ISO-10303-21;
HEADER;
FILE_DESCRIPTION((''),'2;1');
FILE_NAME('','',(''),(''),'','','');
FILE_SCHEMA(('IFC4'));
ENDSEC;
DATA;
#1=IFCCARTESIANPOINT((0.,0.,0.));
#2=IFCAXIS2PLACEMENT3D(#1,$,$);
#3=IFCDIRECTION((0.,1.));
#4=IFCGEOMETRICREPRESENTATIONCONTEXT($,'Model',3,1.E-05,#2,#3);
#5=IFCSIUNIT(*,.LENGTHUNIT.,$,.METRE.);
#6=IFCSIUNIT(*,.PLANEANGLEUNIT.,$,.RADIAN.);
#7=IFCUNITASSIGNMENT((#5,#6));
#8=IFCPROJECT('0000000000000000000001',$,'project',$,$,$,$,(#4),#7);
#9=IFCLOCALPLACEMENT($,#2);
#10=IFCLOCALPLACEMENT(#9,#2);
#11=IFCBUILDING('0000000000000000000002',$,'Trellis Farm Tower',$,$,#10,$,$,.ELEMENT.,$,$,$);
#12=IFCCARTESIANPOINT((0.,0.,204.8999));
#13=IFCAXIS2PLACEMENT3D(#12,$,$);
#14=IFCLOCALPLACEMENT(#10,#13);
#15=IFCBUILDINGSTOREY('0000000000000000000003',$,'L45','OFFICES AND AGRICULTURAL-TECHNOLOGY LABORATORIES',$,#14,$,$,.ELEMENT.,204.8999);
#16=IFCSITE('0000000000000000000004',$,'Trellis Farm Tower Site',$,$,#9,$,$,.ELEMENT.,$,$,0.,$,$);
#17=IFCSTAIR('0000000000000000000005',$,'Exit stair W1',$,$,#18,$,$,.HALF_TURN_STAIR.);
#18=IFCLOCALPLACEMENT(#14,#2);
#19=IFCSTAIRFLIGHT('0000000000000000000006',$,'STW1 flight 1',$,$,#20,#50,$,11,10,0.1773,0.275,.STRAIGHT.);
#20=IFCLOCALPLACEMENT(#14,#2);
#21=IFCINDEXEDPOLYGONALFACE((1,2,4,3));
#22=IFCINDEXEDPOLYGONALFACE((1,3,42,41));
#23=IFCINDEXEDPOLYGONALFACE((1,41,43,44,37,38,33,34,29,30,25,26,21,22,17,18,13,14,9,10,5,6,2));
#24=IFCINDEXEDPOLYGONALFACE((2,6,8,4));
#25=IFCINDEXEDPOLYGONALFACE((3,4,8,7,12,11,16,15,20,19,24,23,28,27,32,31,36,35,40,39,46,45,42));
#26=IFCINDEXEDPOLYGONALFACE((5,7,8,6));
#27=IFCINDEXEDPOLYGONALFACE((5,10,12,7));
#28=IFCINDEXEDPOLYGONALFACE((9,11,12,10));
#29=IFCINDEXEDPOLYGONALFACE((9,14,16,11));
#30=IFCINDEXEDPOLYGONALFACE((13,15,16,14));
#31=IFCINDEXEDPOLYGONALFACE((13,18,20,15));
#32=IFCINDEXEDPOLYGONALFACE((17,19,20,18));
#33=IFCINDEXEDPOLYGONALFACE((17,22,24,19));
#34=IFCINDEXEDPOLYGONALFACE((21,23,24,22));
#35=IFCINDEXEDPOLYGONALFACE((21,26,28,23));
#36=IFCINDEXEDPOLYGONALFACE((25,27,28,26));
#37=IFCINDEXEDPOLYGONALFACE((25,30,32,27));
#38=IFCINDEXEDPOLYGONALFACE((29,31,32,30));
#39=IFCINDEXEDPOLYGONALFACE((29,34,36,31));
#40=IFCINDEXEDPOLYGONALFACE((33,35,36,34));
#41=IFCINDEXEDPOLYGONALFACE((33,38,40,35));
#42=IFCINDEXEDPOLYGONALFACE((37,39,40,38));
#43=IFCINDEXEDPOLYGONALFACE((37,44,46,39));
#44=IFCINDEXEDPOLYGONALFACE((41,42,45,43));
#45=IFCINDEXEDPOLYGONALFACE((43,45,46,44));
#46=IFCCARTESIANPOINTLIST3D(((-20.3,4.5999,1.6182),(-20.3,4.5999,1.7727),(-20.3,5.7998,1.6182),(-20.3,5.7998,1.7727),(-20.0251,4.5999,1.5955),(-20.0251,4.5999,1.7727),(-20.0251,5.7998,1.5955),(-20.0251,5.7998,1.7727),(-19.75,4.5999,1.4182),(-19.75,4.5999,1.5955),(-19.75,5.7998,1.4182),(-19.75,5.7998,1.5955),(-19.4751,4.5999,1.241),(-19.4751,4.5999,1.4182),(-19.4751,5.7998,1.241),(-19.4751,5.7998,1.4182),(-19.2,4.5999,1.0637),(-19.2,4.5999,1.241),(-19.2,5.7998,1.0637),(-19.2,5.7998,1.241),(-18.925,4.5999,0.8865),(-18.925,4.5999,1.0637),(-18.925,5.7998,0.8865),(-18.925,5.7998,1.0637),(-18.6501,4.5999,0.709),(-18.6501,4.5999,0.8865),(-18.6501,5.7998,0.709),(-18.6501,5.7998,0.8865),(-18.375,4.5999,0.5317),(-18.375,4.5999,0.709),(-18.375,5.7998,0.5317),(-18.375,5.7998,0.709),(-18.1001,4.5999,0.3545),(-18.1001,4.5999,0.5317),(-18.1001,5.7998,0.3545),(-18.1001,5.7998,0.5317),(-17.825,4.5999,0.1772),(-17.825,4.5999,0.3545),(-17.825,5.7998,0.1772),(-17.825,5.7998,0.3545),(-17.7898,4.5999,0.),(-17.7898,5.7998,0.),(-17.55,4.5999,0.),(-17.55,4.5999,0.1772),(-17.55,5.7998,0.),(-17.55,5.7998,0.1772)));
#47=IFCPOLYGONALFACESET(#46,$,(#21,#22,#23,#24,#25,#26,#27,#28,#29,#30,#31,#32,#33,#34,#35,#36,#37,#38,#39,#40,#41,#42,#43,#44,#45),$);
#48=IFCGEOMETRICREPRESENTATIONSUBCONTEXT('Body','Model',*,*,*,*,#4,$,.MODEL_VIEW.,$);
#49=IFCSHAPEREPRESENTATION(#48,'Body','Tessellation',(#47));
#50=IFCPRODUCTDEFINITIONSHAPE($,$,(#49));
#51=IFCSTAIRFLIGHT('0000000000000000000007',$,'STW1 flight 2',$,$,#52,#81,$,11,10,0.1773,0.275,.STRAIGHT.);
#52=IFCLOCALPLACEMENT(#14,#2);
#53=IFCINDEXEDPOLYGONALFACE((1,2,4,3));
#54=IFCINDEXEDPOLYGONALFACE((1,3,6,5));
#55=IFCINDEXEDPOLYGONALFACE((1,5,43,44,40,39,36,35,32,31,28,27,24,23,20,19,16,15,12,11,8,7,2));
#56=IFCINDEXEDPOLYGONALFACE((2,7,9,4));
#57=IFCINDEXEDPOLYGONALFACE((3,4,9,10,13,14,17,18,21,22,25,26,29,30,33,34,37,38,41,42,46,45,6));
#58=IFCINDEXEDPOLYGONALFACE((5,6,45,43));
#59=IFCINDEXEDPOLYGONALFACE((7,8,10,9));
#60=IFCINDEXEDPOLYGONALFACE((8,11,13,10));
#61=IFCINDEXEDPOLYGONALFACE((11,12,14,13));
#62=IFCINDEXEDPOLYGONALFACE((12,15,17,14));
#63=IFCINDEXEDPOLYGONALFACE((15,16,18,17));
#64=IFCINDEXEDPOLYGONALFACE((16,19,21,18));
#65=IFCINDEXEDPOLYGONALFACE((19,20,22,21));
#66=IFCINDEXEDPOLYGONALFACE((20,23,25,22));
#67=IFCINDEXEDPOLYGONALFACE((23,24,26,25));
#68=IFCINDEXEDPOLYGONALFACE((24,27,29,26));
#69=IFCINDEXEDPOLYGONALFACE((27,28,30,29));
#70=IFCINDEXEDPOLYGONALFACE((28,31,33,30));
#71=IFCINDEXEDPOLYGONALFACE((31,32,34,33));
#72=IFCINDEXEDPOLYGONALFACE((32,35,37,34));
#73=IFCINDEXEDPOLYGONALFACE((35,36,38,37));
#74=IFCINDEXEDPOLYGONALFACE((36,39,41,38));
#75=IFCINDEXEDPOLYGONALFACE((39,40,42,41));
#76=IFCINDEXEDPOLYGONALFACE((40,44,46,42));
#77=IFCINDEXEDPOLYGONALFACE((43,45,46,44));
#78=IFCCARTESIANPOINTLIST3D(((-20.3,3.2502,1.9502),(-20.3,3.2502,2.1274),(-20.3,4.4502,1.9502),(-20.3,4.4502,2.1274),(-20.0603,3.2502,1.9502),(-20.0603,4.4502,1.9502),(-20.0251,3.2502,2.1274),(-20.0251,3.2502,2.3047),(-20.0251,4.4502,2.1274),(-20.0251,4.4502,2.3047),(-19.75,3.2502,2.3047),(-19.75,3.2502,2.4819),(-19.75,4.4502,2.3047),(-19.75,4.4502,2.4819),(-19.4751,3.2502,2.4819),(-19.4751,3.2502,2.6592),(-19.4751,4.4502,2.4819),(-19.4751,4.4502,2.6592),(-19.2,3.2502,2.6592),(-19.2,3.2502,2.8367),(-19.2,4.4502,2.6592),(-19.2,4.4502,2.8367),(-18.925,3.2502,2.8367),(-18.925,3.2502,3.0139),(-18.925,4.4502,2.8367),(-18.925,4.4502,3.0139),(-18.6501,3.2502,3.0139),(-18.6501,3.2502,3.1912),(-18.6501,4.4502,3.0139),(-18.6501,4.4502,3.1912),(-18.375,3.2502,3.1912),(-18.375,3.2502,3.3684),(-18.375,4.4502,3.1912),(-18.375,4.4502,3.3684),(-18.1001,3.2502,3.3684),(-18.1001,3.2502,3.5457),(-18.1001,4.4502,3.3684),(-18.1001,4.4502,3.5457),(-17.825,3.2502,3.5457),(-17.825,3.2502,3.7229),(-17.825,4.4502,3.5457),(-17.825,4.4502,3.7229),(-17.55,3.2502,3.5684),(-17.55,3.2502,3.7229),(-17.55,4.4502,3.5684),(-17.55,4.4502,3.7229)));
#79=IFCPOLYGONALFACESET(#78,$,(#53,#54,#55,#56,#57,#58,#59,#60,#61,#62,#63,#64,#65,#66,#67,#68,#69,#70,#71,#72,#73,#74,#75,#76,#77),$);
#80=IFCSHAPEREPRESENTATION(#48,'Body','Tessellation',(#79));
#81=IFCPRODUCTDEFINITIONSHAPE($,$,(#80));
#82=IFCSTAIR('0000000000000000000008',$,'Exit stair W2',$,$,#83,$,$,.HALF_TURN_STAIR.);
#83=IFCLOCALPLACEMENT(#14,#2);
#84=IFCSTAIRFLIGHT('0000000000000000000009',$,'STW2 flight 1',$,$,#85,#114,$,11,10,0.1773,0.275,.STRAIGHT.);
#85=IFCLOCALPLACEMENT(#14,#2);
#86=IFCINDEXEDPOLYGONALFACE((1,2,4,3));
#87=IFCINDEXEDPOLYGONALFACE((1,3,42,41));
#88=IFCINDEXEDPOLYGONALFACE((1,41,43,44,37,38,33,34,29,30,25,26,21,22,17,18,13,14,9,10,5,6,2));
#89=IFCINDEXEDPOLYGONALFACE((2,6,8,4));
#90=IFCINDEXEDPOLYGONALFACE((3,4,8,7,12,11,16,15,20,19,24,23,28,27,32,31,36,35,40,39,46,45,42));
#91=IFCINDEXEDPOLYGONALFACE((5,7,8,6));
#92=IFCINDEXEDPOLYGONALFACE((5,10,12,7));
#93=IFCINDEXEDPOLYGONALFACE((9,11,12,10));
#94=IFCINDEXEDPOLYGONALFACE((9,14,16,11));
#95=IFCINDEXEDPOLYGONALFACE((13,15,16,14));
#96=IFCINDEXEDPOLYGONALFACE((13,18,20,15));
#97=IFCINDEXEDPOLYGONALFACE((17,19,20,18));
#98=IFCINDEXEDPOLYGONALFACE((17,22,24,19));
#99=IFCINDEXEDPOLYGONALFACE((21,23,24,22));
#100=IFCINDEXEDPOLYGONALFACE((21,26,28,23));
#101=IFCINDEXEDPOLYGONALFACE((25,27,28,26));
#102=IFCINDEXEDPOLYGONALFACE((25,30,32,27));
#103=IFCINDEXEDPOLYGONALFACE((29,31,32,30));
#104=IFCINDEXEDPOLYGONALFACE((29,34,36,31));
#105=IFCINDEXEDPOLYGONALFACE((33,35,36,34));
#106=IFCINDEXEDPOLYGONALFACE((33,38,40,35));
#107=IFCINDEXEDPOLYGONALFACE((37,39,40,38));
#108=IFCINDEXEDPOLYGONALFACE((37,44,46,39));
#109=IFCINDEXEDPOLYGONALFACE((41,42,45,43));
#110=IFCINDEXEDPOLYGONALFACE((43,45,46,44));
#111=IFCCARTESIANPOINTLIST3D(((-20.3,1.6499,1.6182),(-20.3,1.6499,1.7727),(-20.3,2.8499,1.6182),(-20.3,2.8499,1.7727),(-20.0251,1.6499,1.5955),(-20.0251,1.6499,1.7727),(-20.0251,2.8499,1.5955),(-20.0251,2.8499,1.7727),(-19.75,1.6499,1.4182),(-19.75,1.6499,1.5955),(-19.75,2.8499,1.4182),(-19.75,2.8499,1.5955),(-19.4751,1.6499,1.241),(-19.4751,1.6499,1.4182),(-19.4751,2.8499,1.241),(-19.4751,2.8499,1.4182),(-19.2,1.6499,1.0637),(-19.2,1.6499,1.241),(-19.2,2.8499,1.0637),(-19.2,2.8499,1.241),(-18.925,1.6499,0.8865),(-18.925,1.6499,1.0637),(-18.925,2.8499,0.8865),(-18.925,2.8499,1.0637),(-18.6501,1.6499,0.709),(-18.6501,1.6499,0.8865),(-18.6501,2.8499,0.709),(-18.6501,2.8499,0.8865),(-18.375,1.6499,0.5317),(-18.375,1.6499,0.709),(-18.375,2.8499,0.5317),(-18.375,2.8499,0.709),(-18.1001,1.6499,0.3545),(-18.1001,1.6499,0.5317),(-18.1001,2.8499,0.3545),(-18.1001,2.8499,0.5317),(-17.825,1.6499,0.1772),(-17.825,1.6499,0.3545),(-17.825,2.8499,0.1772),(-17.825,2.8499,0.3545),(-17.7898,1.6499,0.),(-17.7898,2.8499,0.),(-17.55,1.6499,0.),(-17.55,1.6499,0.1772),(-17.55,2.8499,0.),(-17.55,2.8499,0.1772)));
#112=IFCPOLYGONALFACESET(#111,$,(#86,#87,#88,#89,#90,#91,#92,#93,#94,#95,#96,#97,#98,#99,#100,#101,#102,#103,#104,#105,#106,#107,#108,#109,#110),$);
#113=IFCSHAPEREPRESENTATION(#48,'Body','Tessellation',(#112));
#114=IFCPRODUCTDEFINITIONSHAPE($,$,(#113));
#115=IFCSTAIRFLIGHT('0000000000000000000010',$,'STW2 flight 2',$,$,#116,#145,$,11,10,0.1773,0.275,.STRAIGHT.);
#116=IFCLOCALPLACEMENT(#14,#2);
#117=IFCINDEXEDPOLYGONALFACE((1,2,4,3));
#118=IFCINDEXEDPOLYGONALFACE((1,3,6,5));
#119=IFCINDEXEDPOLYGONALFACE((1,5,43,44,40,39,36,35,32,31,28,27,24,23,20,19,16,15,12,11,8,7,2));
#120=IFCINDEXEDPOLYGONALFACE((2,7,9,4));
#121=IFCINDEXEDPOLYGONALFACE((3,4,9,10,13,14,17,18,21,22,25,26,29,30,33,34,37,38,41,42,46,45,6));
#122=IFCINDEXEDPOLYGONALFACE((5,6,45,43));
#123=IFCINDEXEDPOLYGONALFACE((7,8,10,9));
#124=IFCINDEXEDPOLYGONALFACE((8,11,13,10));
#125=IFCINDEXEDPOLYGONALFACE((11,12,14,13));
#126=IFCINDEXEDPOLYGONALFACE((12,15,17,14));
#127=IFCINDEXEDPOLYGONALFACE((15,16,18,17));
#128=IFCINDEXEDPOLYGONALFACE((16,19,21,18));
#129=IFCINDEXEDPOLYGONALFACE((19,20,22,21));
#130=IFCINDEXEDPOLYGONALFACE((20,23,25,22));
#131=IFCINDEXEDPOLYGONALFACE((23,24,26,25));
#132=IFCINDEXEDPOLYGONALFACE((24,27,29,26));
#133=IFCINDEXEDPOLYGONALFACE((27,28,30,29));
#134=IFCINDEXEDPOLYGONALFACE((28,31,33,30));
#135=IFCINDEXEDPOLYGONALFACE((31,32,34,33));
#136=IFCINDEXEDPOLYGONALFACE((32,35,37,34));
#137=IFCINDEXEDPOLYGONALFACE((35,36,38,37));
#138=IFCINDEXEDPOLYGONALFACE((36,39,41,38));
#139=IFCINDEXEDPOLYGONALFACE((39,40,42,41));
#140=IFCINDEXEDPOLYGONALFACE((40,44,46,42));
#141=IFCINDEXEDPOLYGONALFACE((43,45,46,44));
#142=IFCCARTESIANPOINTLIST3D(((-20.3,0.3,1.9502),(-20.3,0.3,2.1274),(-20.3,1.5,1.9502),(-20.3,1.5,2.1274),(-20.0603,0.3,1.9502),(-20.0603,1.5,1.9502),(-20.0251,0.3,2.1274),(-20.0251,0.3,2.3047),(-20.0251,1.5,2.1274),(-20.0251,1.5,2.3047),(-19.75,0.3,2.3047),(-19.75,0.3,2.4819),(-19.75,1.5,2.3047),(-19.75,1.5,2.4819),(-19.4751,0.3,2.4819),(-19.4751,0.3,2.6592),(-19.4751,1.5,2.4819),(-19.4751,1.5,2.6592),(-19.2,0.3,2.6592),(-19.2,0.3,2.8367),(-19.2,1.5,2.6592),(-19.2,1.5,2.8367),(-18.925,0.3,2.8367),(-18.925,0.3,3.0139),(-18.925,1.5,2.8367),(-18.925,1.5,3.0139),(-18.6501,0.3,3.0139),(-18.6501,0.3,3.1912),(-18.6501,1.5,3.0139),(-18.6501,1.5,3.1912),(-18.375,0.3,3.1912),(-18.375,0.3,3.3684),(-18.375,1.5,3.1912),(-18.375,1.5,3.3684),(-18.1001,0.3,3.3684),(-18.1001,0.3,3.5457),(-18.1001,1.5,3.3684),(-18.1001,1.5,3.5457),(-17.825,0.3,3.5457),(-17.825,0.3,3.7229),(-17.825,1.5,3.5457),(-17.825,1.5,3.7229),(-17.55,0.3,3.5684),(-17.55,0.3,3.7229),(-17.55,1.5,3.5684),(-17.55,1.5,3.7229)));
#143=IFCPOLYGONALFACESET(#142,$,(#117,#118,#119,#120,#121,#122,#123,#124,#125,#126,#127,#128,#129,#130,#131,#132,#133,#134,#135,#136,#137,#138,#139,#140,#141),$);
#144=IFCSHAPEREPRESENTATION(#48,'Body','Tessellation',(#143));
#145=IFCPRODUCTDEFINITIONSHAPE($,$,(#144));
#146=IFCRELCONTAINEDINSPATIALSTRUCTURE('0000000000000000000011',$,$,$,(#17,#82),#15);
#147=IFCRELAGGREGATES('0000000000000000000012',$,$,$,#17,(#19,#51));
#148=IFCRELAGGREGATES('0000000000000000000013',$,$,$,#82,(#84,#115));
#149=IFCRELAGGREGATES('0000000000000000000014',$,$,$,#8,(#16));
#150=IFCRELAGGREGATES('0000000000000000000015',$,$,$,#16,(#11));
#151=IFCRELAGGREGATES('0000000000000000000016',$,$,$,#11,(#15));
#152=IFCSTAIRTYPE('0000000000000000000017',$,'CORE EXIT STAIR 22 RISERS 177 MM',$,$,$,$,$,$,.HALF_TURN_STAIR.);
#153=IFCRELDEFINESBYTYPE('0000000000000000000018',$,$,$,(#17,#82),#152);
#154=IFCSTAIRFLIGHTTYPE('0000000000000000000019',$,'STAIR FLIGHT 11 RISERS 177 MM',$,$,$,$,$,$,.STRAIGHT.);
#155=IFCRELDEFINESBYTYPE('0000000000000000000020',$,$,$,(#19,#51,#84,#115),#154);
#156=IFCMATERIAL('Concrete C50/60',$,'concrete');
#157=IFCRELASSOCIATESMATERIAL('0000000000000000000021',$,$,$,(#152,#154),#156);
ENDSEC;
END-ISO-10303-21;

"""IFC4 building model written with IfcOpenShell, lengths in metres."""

from ifc_helpers import new_model, si_unit, direction, frame, origin, place, context, subcontext, project, spatial, polyline, outline, extrude, source, transform, mapped, material, type_object, element, aggregate, save


model = new_model("IFC4")

# Units and contexts
model_context = context("Model", 3, precision=1e-05, world=origin(), true_north=direction((0.0, 1.0)))
body_context = subcontext(model_context, "Body", "Model", "MODEL_VIEW")
ifc_project = project(units=[si_unit("LENGTHUNIT", "METRE"), si_unit("PLANEANGLEUNIT", "RADIAN")], contexts=[model_context])

# Site, building, storey
site_placement = place(None, origin())
site = spatial("IfcSite", under=ifc_project, at=site_placement, Name="Trellis Farm Tower Site", CompositionType="ELEMENT", RefElevation=0.0)
building_placement = place(site_placement, origin())
building = spatial("IfcBuilding", under=site, at=building_placement, Name="Trellis Farm Tower", CompositionType="ELEMENT")
storey_placement = place(building_placement, frame((0.0, 0.0, 204.8999)))
storey = spatial("IfcBuildingStorey", under=building, at=storey_placement, Name="L45", Description="OFFICES AND AGRICULTURAL-TECHNOLOGY LABORATORIES", CompositionType="ELEMENT", Elevation=204.8999)

# Shared definitions
placement = place(storey_placement, origin())

# Stairs, stair flights
ifc_material_1 = material(Name="Concrete C50/60", Category="concrete")
stair_type = type_object("IfcStairType", Name="CORE EXIT STAIR 22 RISERS 177 MM", PredefinedType="HALF_TURN_STAIR", material=ifc_material_1)
stair_1 = element("IfcStair", 1, at=placement, inside=storey, type_object=stair_type, Name="Exit stair W1", PredefinedType="HALF_TURN_STAIR")
stair_flight_type = type_object("IfcStairFlightType", Name="STAIR FLIGHT 11 RISERS 177 MM", PredefinedType="STRAIGHT", material=ifc_material_1)
shared_shape_1 = source(origin(), body_context, "Body", "SweptSolid", [
    extrude(outline(polyline([(0.0, 0.0), (0.0, 0.1772), (0.2749, 0.1772), (0.2749, 0.3545), (0.55, 0.3545), (0.55, 0.5317), (0.825, 0.5317), (0.825, 0.709), (1.1001, 0.709), (1.1001, 0.8865), (1.375, 0.8865), (1.375, 1.0637), (1.6499, 1.0637), (1.6499, 1.241), (1.925, 1.241), (1.925, 1.4182), (2.2, 1.4182), (2.2, 1.5955), (2.4751, 1.5955), (2.4751, 1.7727), (2.75, 1.7727), (2.75, 1.95), (2.75, 1.6182), (0.2397, 0.0), (0.0, 0.0)])), frame((0.0, 0.6001, 0.0), z_axis=(0.0, -1.0, 0.0), x_axis=(1.0, 0.0, 0.0)), (0.0, 0.0, 1.0), 1.2),
])
stair_flight_1_placement = place(storey_placement, frame((-17.55, 5.2, 0.0), z_axis=(0.0, 0.0, 1.0), x_axis=(-1.0, 0.0, 0.0)))
stair_flight_1 = element("IfcStairFlight", 2, at=stair_flight_1_placement, type_object=stair_flight_type, Name="STW1 flight 1", NumberOfRisers=11, NumberOfTreads=10, PredefinedType="STRAIGHT", RiserHeight=0.1773, TreadLength=0.275, context=body_context, shape_type="MappedRepresentation", body=[
    mapped(shared_shape_1, transform((0.0, 0.0, 0.0))),
])
stair_flight_2_placement = place(storey_placement, frame((-20.3, 3.8501, 1.9502), z_axis=(0.0, 0.0, 1.0), x_axis=(1.0, 0.0, 0.0)))
stair_flight_2 = element("IfcStairFlight", 3, at=stair_flight_2_placement, type_object=stair_flight_type, Name="STW1 flight 2", NumberOfRisers=11, NumberOfTreads=10, PredefinedType="STRAIGHT", RiserHeight=0.1773, TreadLength=0.275, context=body_context, shape_type="MappedRepresentation", body=[
    mapped(shared_shape_1, transform((0.0, 0.0, 0.0))),
])
aggregate(stair_1, [stair_flight_1, stair_flight_2])
stair_2 = element("IfcStair", 4, at=placement, inside=storey, type_object=stair_type, Name="Exit stair W2", PredefinedType="HALF_TURN_STAIR")
stair_flight_3_placement = place(storey_placement, frame((-17.55, 2.25, 0.0), z_axis=(0.0, 0.0, 1.0), x_axis=(-1.0, 0.0, 0.0)))
stair_flight_3 = element("IfcStairFlight", 5, at=stair_flight_3_placement, type_object=stair_flight_type, Name="STW2 flight 1", NumberOfRisers=11, NumberOfTreads=10, PredefinedType="STRAIGHT", RiserHeight=0.1773, TreadLength=0.275, context=body_context, shape_type="MappedRepresentation", body=[
    mapped(shared_shape_1, transform((0.0, 0.0, 0.0))),
])
stair_flight_4_placement = place(storey_placement, frame((-20.3, 0.8999, 1.9502), z_axis=(0.0, 0.0, 1.0), x_axis=(1.0, 0.0, 0.0)))
stair_flight_4 = element("IfcStairFlight", 6, at=stair_flight_4_placement, type_object=stair_flight_type, Name="STW2 flight 2", NumberOfRisers=11, NumberOfTreads=10, PredefinedType="STRAIGHT", RiserHeight=0.1773, TreadLength=0.275, context=body_context, shape_type="MappedRepresentation", body=[
    mapped(shared_shape_1, transform((0.0, 0.0, 0.0))),
])
aggregate(stair_2, [stair_flight_3, stair_flight_4])

save(model, "model.ifc")
